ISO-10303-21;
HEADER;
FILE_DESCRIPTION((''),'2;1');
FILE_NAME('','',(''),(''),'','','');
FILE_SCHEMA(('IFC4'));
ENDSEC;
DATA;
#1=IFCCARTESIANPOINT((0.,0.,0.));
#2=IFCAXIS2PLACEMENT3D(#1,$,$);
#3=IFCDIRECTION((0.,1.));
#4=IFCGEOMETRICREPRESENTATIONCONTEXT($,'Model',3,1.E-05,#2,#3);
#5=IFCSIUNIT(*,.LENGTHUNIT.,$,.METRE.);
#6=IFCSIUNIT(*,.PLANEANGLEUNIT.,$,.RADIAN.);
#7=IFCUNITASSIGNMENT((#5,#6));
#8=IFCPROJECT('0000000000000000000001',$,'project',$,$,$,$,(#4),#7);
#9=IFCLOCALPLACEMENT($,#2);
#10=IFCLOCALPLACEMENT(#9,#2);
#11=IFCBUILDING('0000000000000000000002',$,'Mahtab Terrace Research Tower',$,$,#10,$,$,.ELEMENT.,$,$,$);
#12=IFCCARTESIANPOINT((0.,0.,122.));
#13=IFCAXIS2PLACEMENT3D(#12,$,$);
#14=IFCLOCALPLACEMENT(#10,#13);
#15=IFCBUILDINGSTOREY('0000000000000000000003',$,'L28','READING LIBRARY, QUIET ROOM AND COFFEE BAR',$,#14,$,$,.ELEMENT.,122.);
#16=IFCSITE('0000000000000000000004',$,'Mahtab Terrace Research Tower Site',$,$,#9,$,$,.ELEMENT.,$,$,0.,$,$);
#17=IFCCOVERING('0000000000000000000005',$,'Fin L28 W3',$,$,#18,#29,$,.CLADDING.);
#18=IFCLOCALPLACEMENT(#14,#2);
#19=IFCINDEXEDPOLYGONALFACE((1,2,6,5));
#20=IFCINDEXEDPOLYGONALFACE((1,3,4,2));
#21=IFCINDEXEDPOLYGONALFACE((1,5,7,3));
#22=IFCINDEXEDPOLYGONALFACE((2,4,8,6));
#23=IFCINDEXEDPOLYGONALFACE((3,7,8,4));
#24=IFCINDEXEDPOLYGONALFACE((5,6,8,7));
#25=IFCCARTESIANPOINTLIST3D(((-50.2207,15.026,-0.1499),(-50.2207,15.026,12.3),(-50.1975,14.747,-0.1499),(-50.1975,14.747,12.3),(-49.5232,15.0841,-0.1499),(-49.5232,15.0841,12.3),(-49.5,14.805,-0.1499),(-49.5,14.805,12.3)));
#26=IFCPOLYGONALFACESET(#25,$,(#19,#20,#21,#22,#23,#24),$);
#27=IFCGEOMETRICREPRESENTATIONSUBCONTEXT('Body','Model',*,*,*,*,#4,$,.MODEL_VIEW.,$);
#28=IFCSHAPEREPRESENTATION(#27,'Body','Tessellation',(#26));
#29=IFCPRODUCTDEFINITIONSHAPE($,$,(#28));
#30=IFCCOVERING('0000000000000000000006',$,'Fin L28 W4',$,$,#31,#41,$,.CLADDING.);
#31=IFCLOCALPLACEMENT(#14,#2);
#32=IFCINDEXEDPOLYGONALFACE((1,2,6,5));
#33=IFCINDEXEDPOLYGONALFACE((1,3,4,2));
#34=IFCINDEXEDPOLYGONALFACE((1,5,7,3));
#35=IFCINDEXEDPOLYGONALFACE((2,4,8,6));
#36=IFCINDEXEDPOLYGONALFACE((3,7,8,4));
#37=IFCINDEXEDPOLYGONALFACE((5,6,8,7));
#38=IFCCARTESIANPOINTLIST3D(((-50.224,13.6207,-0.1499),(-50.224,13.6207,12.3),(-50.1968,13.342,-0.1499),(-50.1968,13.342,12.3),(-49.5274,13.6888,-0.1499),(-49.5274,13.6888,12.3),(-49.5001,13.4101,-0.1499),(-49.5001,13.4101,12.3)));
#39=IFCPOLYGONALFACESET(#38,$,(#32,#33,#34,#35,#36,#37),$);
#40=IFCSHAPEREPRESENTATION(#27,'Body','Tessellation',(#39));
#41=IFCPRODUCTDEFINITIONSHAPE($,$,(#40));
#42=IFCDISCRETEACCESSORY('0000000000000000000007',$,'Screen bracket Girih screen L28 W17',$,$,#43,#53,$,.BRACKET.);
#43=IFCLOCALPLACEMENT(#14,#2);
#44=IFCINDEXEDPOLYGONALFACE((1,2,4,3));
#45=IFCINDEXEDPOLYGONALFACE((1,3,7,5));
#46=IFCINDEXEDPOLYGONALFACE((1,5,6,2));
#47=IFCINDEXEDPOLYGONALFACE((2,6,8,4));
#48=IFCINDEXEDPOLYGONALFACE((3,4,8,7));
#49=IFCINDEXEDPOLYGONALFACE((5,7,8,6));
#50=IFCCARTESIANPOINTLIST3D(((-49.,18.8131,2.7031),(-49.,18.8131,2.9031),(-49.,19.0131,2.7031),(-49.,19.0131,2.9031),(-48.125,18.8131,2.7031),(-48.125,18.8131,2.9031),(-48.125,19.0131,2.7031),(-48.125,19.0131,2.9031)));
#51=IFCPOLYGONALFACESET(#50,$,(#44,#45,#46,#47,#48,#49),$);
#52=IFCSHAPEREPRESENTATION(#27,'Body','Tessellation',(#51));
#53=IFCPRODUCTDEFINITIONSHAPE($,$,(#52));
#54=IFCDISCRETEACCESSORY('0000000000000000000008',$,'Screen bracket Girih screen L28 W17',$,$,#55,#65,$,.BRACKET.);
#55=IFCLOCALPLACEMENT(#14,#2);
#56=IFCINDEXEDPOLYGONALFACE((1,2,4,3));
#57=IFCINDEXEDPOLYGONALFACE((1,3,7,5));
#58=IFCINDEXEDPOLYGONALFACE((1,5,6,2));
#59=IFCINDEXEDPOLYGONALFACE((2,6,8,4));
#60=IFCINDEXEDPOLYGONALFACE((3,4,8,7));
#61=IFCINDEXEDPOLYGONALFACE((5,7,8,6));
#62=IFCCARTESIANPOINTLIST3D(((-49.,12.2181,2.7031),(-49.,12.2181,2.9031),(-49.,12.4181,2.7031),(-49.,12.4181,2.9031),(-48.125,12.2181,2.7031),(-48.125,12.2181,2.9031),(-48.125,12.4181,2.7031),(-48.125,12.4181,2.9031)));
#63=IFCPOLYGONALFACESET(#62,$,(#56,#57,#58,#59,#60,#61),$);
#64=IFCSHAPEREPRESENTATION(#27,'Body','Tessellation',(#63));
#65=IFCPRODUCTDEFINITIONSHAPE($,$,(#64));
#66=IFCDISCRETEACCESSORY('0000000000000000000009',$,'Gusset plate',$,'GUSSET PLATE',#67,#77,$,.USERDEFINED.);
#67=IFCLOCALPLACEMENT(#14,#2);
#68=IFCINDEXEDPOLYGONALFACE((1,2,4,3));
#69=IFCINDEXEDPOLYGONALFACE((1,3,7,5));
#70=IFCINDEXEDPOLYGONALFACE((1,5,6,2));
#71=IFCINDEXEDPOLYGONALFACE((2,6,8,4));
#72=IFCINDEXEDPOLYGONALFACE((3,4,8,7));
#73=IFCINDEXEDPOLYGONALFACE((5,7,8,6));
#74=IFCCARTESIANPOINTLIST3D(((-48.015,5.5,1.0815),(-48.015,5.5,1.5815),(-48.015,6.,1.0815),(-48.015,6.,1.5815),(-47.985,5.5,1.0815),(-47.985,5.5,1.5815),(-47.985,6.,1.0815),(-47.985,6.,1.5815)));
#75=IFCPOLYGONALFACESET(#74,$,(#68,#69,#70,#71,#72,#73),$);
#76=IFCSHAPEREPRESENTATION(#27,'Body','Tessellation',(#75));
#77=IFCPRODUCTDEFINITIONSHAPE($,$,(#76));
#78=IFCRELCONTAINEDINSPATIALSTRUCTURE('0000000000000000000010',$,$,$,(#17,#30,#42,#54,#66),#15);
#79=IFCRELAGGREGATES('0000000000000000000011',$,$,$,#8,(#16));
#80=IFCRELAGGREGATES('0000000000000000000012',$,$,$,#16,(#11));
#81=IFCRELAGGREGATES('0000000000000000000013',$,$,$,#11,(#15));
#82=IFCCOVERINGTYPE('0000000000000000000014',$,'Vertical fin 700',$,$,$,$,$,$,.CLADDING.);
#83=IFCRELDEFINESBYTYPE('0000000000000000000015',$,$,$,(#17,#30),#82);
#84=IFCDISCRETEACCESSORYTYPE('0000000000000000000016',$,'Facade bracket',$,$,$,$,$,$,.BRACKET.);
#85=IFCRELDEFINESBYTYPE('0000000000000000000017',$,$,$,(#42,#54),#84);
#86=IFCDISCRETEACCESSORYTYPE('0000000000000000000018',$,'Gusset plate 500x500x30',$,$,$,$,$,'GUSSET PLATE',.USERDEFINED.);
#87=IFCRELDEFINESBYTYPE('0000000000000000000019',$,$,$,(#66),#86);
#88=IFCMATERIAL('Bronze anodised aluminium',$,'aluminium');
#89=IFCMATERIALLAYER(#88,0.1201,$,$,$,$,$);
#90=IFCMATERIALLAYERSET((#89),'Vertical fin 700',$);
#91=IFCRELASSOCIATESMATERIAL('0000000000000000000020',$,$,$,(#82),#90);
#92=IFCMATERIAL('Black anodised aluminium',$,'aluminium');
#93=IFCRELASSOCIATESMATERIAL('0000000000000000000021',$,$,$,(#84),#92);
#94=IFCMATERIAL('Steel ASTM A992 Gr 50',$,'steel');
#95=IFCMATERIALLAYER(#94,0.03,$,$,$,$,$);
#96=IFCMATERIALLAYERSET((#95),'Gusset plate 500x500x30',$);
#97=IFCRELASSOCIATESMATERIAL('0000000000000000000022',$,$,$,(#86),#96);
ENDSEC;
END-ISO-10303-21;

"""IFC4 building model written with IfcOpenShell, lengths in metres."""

from ifc_helpers import new_model, si_unit, direction, frame, origin, origin_2d, place, context, subcontext, project, spatial, rectangle, extrude, material, layer, layer_set, type_object, element, save


model = new_model("IFC4")

# Units and contexts
model_context = context("Model", 3, precision=1e-05, world=origin(), true_north=direction((0.0, 1.0)))
body_context = subcontext(model_context, "Body", "Model", "MODEL_VIEW")
ifc_project = project(units=[si_unit("LENGTHUNIT", "METRE"), si_unit("PLANEANGLEUNIT", "RADIAN")], contexts=[model_context])

# Site, building, storey
site_placement = place(None, origin())
site = spatial("IfcSite", under=ifc_project, at=site_placement, Name="Mahtab Terrace Research Tower Site", CompositionType="ELEMENT", RefElevation=0.0)
building_placement = place(site_placement, origin())
building = spatial("IfcBuilding", under=site, at=building_placement, Name="Mahtab Terrace Research Tower", CompositionType="ELEMENT")
storey_placement = place(building_placement, frame((0.0, 0.0, 122.0)))
storey = spatial("IfcBuildingStorey", under=building, at=storey_placement, Name="L28", Description="READING LIBRARY, QUIET ROOM AND COFFEE BAR", CompositionType="ELEMENT", Elevation=122.0)

# Coverings
ifc_material_1 = material(Name="Bronze anodised aluminium", Category="aluminium")
ifc_layer_1 = layer(ifc_material_1, 0.1201)
ifc_layer_set_1 = layer_set([ifc_layer_1], Name="Vertical fin 700")
covering_type_1 = type_object("IfcCoveringType", Name="Vertical fin 700", PredefinedType="CLADDING", material=ifc_layer_set_1)
for number, where, z_axis, x_axis, name in (
    (1, (-49.8604, 14.9155, -0.1499), (0.0, 0.0, 1.0), (0.082905, -0.996557, 0.0), "Fin L28 W3"),
    (2, (-49.8621, 13.5154, -0.1499), (0.0, 0.0, 1.0), (0.09722, -0.995263, 0.0), "Fin L28 W4"),
):
    element("IfcCovering", number, at=place(storey_placement, frame(where, z_axis=z_axis, x_axis=x_axis)), inside=storey, type_object=covering_type_1, Name=name, PredefinedType="CLADDING", context=body_context, shape_type="SweptSolid", body=[
        extrude(rectangle(XDim=0.28, YDim=0.7, at=origin_2d()), origin(), (0.0, 0.0, 1.0), 12.45),
    ])

# Discrete accessories
ifc_material_2 = material(Name="Black anodised aluminium", Category="aluminium")
discrete_accessory_type_1 = type_object("IfcDiscreteAccessoryType", Name="Facade bracket", PredefinedType="BRACKET", material=ifc_material_2)
for number, where, z_axis, x_axis, name in (
    (3, (-48.5625, 18.9131, 2.7031), (0.0, 0.0, 1.0), (0.0, -1.0, 0.0), "Screen bracket Girih screen L28 W17"),
    (4, (-48.5625, 12.3181, 2.7031), (0.0, 0.0, 1.0), (0.0, -1.0, 0.0), "Screen bracket Girih screen L28 W17"),
):
    element("IfcDiscreteAccessory", number, at=place(storey_placement, frame(where, z_axis=z_axis, x_axis=x_axis)), inside=storey, type_object=discrete_accessory_type_1, Name=name, PredefinedType="BRACKET", context=body_context, shape_type="SweptSolid", body=[
        extrude(rectangle(XDim=0.2, YDim=0.875, at=origin_2d()), origin(), (0.0, 0.0, 1.0), 0.2),
    ])
ifc_material_3 = material(Name="Steel ASTM A992 Gr 50", Category="steel")
ifc_layer_2 = layer(ifc_material_3, 0.03)
ifc_layer_set_2 = layer_set([ifc_layer_2], Name="Gusset plate 500x500x30")
discrete_accessory_type_2 = type_object("IfcDiscreteAccessoryType", Name="Gusset plate 500x500x30", ElementType="GUSSET PLATE", PredefinedType="USERDEFINED", material=ifc_layer_set_2)
discrete_accessory_placement = place(storey_placement, frame((-48.0, 5.75, 1.0815), z_axis=(0.0, 0.0, 1.0), x_axis=(0.0, 1.0, 0.0)))
element("IfcDiscreteAccessory", 5, at=discrete_accessory_placement, inside=storey, type_object=discrete_accessory_type_2, Name="Gusset plate", ObjectType="GUSSET PLATE", PredefinedType="USERDEFINED", context=body_context, shape_type="SweptSolid", body=[
    extrude(rectangle(XDim=0.5, YDim=0.03, at=origin_2d()), origin(), (0.0, 0.0, 1.0), 0.5),
])

save(model, "model.ifc")
